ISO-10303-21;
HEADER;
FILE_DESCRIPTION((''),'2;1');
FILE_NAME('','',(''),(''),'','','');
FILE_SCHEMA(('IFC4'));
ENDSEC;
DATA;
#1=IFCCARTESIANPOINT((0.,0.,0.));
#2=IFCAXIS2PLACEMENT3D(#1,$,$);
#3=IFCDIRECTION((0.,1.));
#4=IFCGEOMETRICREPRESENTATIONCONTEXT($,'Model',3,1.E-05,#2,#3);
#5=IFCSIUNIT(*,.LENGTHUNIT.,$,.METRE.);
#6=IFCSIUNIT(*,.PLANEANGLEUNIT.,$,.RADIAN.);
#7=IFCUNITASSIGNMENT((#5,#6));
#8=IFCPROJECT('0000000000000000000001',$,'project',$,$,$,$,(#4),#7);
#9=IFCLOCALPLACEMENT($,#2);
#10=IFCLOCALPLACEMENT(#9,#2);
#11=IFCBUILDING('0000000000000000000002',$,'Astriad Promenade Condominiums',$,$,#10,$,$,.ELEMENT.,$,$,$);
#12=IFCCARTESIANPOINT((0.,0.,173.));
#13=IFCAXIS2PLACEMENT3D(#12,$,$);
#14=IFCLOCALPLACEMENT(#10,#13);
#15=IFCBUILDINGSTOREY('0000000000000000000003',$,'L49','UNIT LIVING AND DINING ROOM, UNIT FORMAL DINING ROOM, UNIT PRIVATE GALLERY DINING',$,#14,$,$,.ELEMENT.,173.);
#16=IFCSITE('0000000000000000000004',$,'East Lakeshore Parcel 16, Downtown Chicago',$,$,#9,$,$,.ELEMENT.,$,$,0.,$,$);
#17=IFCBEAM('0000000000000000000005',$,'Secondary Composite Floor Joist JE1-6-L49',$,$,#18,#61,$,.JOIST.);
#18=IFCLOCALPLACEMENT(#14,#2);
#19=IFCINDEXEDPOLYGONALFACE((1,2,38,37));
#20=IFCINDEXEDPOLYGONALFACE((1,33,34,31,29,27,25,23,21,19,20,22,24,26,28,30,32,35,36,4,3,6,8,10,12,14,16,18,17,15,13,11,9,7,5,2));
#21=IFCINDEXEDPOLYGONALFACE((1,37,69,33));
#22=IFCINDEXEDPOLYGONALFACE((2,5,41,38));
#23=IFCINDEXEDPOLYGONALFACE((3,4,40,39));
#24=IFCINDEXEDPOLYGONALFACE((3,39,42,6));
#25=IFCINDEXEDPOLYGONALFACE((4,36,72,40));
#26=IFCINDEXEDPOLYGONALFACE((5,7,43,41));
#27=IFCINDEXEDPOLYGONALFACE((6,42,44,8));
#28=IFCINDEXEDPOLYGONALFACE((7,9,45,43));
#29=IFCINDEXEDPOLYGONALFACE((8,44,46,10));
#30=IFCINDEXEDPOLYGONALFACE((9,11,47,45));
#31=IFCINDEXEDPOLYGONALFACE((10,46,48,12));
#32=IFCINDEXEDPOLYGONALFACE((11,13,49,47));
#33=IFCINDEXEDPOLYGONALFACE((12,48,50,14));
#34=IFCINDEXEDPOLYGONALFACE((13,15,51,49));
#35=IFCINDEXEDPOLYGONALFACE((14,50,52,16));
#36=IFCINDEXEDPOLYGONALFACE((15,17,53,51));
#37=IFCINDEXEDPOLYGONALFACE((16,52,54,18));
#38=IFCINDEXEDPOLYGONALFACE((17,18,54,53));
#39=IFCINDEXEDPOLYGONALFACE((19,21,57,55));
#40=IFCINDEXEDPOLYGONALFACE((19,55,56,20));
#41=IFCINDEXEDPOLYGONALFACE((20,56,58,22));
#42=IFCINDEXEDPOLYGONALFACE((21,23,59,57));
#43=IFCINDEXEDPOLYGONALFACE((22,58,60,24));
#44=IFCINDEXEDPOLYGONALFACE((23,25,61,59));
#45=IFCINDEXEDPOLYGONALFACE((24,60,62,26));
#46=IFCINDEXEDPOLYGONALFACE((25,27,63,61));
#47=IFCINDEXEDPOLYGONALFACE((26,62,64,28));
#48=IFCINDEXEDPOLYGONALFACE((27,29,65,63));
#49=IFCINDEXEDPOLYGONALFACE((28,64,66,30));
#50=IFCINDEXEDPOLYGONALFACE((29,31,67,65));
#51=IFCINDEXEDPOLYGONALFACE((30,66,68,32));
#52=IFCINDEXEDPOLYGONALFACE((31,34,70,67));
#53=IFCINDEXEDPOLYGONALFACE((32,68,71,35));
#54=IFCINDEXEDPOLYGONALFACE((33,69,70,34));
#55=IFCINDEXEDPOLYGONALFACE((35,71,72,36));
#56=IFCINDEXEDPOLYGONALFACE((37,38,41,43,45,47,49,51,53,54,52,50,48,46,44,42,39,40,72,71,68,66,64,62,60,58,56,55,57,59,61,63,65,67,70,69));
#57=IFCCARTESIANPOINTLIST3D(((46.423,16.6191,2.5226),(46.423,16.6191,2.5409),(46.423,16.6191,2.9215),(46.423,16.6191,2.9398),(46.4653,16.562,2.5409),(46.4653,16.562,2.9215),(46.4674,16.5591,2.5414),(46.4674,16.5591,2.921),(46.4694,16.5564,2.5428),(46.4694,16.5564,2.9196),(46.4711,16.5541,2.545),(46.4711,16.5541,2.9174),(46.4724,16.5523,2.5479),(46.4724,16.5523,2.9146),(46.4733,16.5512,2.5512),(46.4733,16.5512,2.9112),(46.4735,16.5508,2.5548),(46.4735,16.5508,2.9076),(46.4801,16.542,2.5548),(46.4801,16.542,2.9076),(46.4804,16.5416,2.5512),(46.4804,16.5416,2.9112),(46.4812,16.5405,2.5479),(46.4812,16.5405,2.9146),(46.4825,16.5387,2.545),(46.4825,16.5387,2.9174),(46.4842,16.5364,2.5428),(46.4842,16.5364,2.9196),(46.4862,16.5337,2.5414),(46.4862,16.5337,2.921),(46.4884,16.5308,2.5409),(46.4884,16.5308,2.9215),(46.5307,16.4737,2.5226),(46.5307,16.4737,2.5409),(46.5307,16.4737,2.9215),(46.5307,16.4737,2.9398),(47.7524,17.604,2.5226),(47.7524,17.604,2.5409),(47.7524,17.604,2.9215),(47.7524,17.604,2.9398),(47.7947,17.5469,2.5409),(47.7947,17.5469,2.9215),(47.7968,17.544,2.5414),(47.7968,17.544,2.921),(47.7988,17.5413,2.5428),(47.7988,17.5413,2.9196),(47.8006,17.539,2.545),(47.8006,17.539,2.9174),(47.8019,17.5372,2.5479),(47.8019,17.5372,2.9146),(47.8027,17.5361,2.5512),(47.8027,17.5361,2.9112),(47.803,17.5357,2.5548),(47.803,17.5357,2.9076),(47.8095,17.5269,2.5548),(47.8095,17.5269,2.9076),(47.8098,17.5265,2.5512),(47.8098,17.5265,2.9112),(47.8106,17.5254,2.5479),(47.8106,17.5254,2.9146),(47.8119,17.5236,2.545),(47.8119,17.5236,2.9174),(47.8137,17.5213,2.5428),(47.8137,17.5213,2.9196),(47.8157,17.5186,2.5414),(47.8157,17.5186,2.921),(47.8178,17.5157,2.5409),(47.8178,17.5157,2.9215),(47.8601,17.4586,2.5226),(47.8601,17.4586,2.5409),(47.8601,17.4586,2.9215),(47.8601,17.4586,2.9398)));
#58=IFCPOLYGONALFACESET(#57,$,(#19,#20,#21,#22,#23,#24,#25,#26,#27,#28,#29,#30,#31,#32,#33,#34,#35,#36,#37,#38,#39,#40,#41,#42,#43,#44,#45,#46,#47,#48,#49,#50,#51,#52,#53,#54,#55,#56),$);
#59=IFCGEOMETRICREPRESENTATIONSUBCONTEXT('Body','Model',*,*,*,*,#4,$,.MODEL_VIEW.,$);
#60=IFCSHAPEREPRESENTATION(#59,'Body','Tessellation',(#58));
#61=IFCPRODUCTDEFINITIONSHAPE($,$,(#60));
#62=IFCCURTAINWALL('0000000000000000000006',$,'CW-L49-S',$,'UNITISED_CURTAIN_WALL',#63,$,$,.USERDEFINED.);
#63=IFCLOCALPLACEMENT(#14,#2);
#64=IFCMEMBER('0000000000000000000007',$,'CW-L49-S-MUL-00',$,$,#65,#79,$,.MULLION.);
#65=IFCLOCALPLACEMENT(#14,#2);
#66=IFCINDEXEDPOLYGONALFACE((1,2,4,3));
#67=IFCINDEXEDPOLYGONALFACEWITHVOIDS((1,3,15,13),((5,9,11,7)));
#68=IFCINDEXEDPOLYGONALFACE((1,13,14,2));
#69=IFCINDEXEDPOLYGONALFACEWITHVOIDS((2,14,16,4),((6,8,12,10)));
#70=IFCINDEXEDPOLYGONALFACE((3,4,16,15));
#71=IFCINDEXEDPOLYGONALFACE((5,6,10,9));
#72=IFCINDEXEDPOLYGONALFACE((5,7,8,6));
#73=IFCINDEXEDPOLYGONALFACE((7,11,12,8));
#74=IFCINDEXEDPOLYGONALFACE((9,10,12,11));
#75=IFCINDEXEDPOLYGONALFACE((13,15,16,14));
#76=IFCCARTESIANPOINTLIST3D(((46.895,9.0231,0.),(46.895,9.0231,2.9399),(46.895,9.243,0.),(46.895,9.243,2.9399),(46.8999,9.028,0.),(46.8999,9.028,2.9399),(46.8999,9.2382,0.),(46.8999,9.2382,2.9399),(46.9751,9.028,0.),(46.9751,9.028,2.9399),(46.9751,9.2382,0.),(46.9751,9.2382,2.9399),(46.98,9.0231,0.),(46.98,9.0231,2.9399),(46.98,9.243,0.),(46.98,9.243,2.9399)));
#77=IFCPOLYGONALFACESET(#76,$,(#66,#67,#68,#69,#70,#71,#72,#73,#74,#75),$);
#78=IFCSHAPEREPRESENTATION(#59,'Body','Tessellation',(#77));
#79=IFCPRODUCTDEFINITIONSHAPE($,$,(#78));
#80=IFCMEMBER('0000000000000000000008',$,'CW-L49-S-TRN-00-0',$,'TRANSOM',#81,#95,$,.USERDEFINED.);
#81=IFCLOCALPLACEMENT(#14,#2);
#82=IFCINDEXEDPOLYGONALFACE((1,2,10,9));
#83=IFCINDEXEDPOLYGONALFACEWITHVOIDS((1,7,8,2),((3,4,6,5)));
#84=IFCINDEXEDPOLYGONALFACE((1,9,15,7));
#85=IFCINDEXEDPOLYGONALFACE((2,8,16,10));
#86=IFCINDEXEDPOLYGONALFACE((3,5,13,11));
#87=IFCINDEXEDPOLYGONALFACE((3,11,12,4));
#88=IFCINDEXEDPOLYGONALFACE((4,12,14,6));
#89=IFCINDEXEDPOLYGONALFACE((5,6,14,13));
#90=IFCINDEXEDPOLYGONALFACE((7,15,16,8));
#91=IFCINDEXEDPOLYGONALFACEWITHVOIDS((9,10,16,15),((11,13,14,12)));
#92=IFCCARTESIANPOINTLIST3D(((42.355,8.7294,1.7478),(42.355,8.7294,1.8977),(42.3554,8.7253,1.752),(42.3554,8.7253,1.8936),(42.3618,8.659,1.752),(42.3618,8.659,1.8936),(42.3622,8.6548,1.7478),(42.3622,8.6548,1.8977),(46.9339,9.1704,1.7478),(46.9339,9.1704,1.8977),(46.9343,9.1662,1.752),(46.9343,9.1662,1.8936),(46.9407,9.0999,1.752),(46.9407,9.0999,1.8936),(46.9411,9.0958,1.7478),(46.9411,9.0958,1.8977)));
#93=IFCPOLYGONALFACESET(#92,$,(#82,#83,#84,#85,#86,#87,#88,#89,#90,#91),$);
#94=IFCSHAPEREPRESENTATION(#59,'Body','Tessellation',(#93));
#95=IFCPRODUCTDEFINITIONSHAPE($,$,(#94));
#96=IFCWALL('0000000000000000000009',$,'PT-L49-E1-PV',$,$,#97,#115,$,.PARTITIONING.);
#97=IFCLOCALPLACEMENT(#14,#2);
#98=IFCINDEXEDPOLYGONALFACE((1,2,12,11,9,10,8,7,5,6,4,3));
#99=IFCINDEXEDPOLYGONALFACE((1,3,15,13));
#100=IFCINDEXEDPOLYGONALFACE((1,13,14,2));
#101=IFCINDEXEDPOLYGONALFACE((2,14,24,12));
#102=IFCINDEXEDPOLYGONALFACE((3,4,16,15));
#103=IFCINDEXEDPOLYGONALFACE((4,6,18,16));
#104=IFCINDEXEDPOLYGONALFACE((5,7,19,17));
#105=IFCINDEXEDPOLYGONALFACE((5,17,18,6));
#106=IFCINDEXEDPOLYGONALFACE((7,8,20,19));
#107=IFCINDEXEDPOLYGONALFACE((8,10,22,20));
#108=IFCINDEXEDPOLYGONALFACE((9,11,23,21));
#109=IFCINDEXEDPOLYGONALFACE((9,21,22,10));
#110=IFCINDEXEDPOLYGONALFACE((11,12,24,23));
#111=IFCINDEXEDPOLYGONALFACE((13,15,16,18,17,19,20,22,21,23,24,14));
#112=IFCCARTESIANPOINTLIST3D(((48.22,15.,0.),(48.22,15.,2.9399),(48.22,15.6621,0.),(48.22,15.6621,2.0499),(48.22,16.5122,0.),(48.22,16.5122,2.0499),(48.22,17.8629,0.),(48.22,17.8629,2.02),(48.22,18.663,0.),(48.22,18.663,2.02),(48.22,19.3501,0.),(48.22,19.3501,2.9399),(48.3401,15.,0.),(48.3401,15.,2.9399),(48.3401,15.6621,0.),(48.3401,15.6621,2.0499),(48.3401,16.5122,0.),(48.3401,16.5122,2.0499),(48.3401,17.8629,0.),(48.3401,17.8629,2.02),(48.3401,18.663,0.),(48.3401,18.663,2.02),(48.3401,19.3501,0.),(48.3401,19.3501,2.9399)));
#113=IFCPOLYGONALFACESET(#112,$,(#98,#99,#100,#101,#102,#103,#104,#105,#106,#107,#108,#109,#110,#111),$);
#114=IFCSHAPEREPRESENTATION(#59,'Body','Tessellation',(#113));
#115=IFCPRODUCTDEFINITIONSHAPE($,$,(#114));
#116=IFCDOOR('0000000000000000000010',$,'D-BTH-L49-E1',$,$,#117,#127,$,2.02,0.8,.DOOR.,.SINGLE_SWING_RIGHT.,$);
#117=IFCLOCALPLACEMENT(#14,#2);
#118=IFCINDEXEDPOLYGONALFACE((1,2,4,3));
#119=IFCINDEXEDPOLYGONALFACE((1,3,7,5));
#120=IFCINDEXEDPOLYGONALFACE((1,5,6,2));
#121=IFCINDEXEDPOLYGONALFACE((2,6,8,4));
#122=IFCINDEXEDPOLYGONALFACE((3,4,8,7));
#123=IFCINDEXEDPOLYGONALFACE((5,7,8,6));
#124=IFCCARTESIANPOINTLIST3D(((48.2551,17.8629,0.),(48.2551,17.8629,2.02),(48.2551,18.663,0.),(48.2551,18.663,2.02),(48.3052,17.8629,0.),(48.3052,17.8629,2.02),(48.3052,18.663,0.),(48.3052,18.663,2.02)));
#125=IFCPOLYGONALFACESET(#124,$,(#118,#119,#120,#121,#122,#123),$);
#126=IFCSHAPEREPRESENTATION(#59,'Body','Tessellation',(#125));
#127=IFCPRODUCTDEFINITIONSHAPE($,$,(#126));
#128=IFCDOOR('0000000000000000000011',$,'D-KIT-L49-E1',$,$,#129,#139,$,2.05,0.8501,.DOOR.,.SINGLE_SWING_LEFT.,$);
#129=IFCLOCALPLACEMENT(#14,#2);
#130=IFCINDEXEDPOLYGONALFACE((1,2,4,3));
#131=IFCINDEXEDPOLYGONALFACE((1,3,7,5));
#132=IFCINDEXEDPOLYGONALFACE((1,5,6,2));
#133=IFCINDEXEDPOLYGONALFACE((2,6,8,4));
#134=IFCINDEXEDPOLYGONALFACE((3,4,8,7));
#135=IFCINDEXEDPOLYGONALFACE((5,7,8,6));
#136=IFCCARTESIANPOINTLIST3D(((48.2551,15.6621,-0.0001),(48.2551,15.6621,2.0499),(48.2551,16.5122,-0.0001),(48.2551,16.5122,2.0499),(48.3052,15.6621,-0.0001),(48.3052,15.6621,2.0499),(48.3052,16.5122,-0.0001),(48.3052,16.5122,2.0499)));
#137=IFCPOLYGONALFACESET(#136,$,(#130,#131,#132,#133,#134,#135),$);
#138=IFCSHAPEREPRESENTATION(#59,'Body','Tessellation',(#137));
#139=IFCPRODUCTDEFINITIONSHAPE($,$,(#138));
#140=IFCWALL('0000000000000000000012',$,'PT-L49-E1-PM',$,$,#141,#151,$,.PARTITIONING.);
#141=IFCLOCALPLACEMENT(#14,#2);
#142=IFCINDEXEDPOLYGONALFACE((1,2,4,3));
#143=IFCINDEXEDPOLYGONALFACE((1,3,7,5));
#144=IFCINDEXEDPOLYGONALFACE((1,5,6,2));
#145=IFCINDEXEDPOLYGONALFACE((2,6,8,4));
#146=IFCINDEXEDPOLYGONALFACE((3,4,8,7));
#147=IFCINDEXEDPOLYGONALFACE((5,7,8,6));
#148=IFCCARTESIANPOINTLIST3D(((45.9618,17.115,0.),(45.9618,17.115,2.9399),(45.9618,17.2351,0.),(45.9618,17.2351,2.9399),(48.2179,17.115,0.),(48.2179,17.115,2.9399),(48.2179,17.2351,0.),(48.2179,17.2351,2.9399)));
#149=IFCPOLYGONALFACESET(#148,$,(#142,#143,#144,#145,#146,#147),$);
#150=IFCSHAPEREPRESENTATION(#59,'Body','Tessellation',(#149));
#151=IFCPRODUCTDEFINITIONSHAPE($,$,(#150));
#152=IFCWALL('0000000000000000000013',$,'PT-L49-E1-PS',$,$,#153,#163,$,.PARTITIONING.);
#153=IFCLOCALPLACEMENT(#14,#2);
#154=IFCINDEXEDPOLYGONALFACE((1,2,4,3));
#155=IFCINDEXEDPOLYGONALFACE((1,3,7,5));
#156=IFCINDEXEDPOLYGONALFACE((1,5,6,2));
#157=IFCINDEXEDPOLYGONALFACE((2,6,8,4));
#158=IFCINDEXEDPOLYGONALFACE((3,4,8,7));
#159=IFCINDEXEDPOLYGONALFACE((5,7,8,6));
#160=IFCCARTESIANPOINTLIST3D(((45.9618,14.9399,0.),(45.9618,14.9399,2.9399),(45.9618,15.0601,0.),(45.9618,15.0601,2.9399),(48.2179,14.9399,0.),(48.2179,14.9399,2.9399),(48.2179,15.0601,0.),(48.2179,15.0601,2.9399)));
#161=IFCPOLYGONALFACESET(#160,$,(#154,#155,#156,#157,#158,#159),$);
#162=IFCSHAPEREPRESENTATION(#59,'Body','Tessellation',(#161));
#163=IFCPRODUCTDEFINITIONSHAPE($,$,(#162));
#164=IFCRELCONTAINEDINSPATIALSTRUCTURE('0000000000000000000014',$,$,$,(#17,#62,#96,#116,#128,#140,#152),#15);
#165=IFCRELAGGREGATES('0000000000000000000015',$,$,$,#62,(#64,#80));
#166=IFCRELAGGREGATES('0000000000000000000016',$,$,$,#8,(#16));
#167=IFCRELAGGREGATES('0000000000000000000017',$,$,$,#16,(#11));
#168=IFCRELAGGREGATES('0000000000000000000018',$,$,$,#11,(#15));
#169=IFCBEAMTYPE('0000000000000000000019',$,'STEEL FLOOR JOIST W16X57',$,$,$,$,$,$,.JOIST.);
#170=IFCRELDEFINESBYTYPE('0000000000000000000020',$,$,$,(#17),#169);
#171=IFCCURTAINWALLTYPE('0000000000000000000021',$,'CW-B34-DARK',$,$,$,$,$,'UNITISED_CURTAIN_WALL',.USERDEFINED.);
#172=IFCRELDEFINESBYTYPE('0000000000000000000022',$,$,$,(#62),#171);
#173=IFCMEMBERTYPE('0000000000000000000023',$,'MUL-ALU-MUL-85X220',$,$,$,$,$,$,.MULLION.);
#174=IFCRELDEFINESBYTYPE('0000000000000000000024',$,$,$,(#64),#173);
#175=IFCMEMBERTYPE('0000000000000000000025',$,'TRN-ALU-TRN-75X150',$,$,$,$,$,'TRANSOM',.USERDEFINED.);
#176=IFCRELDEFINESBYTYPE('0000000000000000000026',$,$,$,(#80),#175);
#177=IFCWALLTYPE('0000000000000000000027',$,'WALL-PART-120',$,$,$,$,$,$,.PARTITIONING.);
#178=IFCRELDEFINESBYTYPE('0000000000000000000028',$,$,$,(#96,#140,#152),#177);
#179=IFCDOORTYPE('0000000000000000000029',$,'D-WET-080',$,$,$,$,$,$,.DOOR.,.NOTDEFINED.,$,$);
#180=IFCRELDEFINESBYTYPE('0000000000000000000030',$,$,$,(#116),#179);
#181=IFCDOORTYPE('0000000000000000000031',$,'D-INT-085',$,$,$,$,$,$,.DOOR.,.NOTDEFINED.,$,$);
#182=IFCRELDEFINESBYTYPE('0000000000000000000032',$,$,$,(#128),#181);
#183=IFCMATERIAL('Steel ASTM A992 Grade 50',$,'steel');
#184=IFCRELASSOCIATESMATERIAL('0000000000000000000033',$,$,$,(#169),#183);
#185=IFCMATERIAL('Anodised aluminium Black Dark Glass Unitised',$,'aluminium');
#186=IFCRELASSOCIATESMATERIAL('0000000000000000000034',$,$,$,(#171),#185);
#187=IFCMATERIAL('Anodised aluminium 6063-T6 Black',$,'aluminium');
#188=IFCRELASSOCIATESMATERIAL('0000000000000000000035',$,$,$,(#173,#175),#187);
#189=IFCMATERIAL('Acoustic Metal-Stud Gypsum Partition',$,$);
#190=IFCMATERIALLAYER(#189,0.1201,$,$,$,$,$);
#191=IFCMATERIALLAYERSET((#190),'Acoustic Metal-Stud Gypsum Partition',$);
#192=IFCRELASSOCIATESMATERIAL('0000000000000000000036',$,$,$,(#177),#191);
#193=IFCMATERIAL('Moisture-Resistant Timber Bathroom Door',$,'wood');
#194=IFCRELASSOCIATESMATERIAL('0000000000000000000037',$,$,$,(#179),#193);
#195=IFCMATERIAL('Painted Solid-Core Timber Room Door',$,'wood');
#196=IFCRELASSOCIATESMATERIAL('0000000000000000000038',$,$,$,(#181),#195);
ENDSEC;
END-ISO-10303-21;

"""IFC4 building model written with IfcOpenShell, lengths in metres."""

from ifc_helpers import new_model, si_unit, direction, frame, frame_2d, origin, origin_2d, place, context, subcontext, project, spatial, rectangle, hollow_rectangle, i_section, extrude, source, transform, mapped, material, layer, layer_set, material_profile, profile_set, type_object, type_shapes, element, fill, aggregate, save


model = new_model("IFC4")

# Units and contexts
model_context = context("Model", 3, precision=1e-05, world=origin(), true_north=direction((0.0, 1.0)))
body_context = subcontext(model_context, "Body", "Model", "MODEL_VIEW")
ifc_project = project(units=[si_unit("LENGTHUNIT", "METRE"), si_unit("PLANEANGLEUNIT", "RADIAN")], contexts=[model_context])

# Site, building, storey
site_placement = place(None, origin())
site = spatial("IfcSite", under=ifc_project, at=site_placement, Name="East Lakeshore Parcel 16, Downtown Chicago", CompositionType="ELEMENT", RefElevation=0.0)
building_placement = place(site_placement, origin())
building = spatial("IfcBuilding", under=site, at=building_placement, Name="Astriad Promenade Condominiums", CompositionType="ELEMENT")
storey_placement = place(building_placement, frame((0.0, 0.0, 173.0)))
storey = spatial("IfcBuildingStorey", under=building, at=storey_placement, Name="L49", Description="UNIT LIVING AND DINING ROOM, UNIT FORMAL DINING ROOM, UNIT PRIVATE GALLERY DINING", CompositionType="ELEMENT", Elevation=173.0)

# Beam
ifc_material_1 = material(Name="Steel ASTM A992 Grade 50", Category="steel")
ifc_material_profile_1 = material_profile(ifc_material_1, i_section(OverallWidth=0.1809, OverallDepth=0.4172, WebThickness=0.011, FlangeThickness=0.0183, FilletRadius=0.0139, at=origin_2d()), Name="W16X57")
ifc_profile_set_1 = profile_set([ifc_material_profile_1], Name="Steel ASTM A992 Grade 50")
beam_type_1 = type_object("IfcBeamType", Name="STEEL FLOOR JOIST W16X57", PredefinedType="JOIST", material=ifc_profile_set_1)
shared_shape_1 = source(origin(), body_context, "Body", "SweptSolid", [
    extrude(i_section(OverallWidth=0.1809, OverallDepth=0.4172, WebThickness=0.011, FlangeThickness=0.0183, FilletRadius=0.0139, at=origin_2d()), origin(), (0.0, 0.0, 1.0), 1.6545),
])
beam_1_placement = place(storey_placement, frame((46.4768, 16.5464, 2.7312), z_axis=(0.80351, 0.595291, 0.0), x_axis=(-0.595291, 0.80351, 0.0)))
element("IfcBeam", 1, at=beam_1_placement, inside=storey, type_object=beam_type_1, Name="Secondary Composite Floor Joist JE1-6-L49", PredefinedType="JOIST", context=body_context, shape_type="MappedRepresentation", body=[
    mapped(shared_shape_1, transform((0.0, 0.0, 0.0), scale=1.0)),
])

# Curtain wall, members
ifc_material_2 = material(Name="Anodised aluminium Black Dark Glass Unitised", Category="aluminium")
curtain_wall_type = type_object("IfcCurtainWallType", Name="CW-B34-DARK", ElementType="UNITISED_CURTAIN_WALL", PredefinedType="USERDEFINED", material=ifc_material_2)
curtain_wall_placement = place(storey_placement, origin())
curtain_wall = element("IfcCurtainWall", 2, at=curtain_wall_placement, inside=storey, type_object=curtain_wall_type, Name="CW-L49-S", ObjectType="UNITISED_CURTAIN_WALL", PredefinedType="USERDEFINED")
ifc_material_3 = material(Name="Anodised aluminium 6063-T6 Black", Category="aluminium")
ifc_material_profile_2 = material_profile(ifc_material_3, hollow_rectangle(XDim=0.085, YDim=0.22, WallThickness=0.0049, at=origin_2d()), Name="ALU-MUL-85X220")
ifc_profile_set_2 = profile_set([ifc_material_profile_2], Name="Anodised aluminium 6063-T6 Black")
member_type_1 = type_object("IfcMemberType", Name="MUL-ALU-MUL-85X220", PredefinedType="MULLION", material=ifc_profile_set_2)
shared_shape_2 = source(origin(), body_context, "Body", "SweptSolid", [
    extrude(hollow_rectangle(XDim=0.085, YDim=0.22, WallThickness=0.0049, at=origin_2d()), origin(), (0.0, 0.0, 1.0), 2.9399),
])
type_shapes(member_type_1, [shared_shape_2])
member_1_placement = place(storey_placement, frame((46.9375, 9.1331, 0.0), z_axis=(0.0, 0.0, 1.0), x_axis=(1.0, 0.0, 0.0)))
member_1 = element("IfcMember", 3, at=member_1_placement, type_object=member_type_1, Name="CW-L49-S-MUL-00", PredefinedType="MULLION", context=body_context, shape_type="MappedRepresentation", body=[
    mapped(shared_shape_2, transform((0.0, 0.0, 0.0), scale=1.0)),
])
ifc_material_profile_3 = material_profile(ifc_material_3, hollow_rectangle(XDim=0.075, YDim=0.1499, WallThickness=0.0042, at=origin_2d()), Name="ALU-TRN-75X150")
ifc_profile_set_3 = profile_set([ifc_material_profile_3], Name="Anodised aluminium 6063-T6 Black")
member_type_2 = type_object("IfcMemberType", Name="TRN-ALU-TRN-75X150", ElementType="TRANSOM", PredefinedType="USERDEFINED", material=ifc_profile_set_3)
shared_shape_3 = source(origin(), body_context, "Body", "SweptSolid", [
    extrude(hollow_rectangle(XDim=0.075, YDim=0.1499, WallThickness=0.0042, at=origin_2d()), origin(), (0.0, 0.0, 1.0), 4.6001),
])
type_shapes(member_type_2, [shared_shape_3])
member_2_placement = place(storey_placement, frame((46.9375, 9.1331, 1.8228), z_axis=(-0.995396, -0.095851, 0.0), x_axis=(0.095851, -0.995396, 0.0)))
member_2 = element("IfcMember", 4, at=member_2_placement, type_object=member_type_2, Name="CW-L49-S-TRN-00-0", ObjectType="TRANSOM", PredefinedType="USERDEFINED", context=body_context, shape_type="MappedRepresentation", body=[
    mapped(shared_shape_3, transform((0.0, 0.0, 0.0), scale=1.0)),
])
aggregate(curtain_wall, [member_1, member_2])

# Wall, openings, doors
ifc_material_4 = material(Name="Acoustic Metal-Stud Gypsum Partition")
ifc_layer = layer(ifc_material_4, 0.1201)
ifc_layer_set = layer_set([ifc_layer], Name="Acoustic Metal-Stud Gypsum Partition")
wall_type = type_object("IfcWallType", Name="WALL-PART-120", PredefinedType="PARTITIONING", material=ifc_layer_set)
wall_1_placement = place(storey_placement, frame((48.28, 15.0, 0.0), z_axis=(0.0, 0.0, 1.0), x_axis=(0.0, 1.0, 0.0)))
wall_1 = element("IfcWall", 5, at=wall_1_placement, inside=storey, type_object=wall_type, Name="PT-L49-E1-PV", PredefinedType="PARTITIONING", context=body_context, shape_type="SweptSolid", body=[
    extrude(rectangle(XDim=4.3501, YDim=0.1201, at=frame_2d((2.175, 0.0))), origin(), (0.0, 0.0, 1.0), 2.9399),
])
opening_1_placement = place(wall_1_placement, frame((0.6621, 0.0, 0.0)))
opening_1 = element("IfcOpeningElement", 6, at=opening_1_placement, cuts=wall_1, PredefinedType="OPENING", context=body_context, shape_type="SweptSolid", body=[
    extrude(rectangle(XDim=0.8501, YDim=2.05, at=frame_2d((0.425, 1.0249))), frame((0.0, 0.0701, 0.0), z_axis=(0.0, -1.0, 0.0), x_axis=(1.0, 0.0, 0.0)), (0.0, 0.0, 1.0), 0.1401),
])
opening_2_placement = place(wall_1_placement, frame((2.863, 0.0, 0.0)))
opening_2 = element("IfcOpeningElement", 7, at=opening_2_placement, cuts=wall_1, PredefinedType="OPENING", context=body_context, shape_type="SweptSolid", body=[
    extrude(rectangle(XDim=0.8, YDim=2.02, at=frame_2d((0.3999, 1.01))), frame((0.0, 0.0701, 0.0), z_axis=(0.0, -1.0, 0.0), x_axis=(1.0, 0.0, 0.0)), (0.0, 0.0, 1.0), 0.1401),
])
ifc_material_5 = material(Name="Moisture-Resistant Timber Bathroom Door", Category="wood")
door_type_1 = type_object("IfcDoorType", Name="D-WET-080", OperationType="NOTDEFINED", PredefinedType="DOOR", material=ifc_material_5)
shared_shape_4 = source(origin(), body_context, "Body", "SweptSolid", [
    extrude(rectangle(XDim=0.8, YDim=2.02, at=frame_2d((0.3999, 1.01))), frame((0.0, 0.0249, 0.0), z_axis=(0.0, -1.0, 0.0), x_axis=(1.0, 0.0, 0.0)), (0.0, 0.0, 1.0), 0.05),
])
type_shapes(door_type_1, [shared_shape_4])
door_1_placement = place(opening_2_placement, origin())
door_1 = element("IfcDoor", 8, at=door_1_placement, inside=storey, type_object=door_type_1, Name="D-BTH-L49-E1", OperationType="SINGLE_SWING_RIGHT", OverallHeight=2.02, OverallWidth=0.8, PredefinedType="DOOR", context=body_context, shape_type="MappedRepresentation", body=[
    mapped(shared_shape_4, transform((0.0, 0.0, 0.0), scale=1.0)),
])
fill(opening_2, door_1)
ifc_material_6 = material(Name="Painted Solid-Core Timber Room Door", Category="wood")
door_type_2 = type_object("IfcDoorType", Name="D-INT-085", OperationType="NOTDEFINED", PredefinedType="DOOR", material=ifc_material_6)
shared_shape_5 = source(origin(), body_context, "Body", "SweptSolid", [
    extrude(rectangle(XDim=0.8501, YDim=2.05, at=frame_2d((0.425, 1.0249))), frame((0.0, 0.0249, 0.0), z_axis=(0.0, -1.0, 0.0), x_axis=(1.0, 0.0, 0.0)), (0.0, 0.0, 1.0), 0.05),
])
type_shapes(door_type_2, [shared_shape_5])
door_2_placement = place(opening_1_placement, origin())
door_2 = element("IfcDoor", 9, at=door_2_placement, inside=storey, type_object=door_type_2, Name="D-KIT-L49-E1", OperationType="SINGLE_SWING_LEFT", OverallHeight=2.05, OverallWidth=0.8501, PredefinedType="DOOR", context=body_context, shape_type="MappedRepresentation", body=[
    mapped(shared_shape_5, transform((0.0, 0.0, 0.0), scale=1.0)),
])
fill(opening_1, door_2)

# Walls
for number, where, z_axis, x_axis, name in (
    (10, (45.9619, 17.175, 0.0), (0.0, 0.0, 1.0), (1.0, 0.0, 0.0), "PT-L49-E1-PM"),
    (11, (45.9619, 15.0, 0.0), (0.0, 0.0, 1.0), (1.0, 0.0, 0.0), "PT-L49-E1-PS"),
):
    element("IfcWall", number, at=place(storey_placement, frame(where, z_axis=z_axis, x_axis=x_axis)), inside=storey, type_object=wall_type, Name=name, PredefinedType="PARTITIONING", context=body_context, shape_type="SweptSolid", body=[
        extrude(rectangle(XDim=2.2561, YDim=0.1201, at=frame_2d((1.1279, 0.0))), origin(), (0.0, 0.0, 1.0), 2.9399),
    ])

save(model, "model.ifc")
